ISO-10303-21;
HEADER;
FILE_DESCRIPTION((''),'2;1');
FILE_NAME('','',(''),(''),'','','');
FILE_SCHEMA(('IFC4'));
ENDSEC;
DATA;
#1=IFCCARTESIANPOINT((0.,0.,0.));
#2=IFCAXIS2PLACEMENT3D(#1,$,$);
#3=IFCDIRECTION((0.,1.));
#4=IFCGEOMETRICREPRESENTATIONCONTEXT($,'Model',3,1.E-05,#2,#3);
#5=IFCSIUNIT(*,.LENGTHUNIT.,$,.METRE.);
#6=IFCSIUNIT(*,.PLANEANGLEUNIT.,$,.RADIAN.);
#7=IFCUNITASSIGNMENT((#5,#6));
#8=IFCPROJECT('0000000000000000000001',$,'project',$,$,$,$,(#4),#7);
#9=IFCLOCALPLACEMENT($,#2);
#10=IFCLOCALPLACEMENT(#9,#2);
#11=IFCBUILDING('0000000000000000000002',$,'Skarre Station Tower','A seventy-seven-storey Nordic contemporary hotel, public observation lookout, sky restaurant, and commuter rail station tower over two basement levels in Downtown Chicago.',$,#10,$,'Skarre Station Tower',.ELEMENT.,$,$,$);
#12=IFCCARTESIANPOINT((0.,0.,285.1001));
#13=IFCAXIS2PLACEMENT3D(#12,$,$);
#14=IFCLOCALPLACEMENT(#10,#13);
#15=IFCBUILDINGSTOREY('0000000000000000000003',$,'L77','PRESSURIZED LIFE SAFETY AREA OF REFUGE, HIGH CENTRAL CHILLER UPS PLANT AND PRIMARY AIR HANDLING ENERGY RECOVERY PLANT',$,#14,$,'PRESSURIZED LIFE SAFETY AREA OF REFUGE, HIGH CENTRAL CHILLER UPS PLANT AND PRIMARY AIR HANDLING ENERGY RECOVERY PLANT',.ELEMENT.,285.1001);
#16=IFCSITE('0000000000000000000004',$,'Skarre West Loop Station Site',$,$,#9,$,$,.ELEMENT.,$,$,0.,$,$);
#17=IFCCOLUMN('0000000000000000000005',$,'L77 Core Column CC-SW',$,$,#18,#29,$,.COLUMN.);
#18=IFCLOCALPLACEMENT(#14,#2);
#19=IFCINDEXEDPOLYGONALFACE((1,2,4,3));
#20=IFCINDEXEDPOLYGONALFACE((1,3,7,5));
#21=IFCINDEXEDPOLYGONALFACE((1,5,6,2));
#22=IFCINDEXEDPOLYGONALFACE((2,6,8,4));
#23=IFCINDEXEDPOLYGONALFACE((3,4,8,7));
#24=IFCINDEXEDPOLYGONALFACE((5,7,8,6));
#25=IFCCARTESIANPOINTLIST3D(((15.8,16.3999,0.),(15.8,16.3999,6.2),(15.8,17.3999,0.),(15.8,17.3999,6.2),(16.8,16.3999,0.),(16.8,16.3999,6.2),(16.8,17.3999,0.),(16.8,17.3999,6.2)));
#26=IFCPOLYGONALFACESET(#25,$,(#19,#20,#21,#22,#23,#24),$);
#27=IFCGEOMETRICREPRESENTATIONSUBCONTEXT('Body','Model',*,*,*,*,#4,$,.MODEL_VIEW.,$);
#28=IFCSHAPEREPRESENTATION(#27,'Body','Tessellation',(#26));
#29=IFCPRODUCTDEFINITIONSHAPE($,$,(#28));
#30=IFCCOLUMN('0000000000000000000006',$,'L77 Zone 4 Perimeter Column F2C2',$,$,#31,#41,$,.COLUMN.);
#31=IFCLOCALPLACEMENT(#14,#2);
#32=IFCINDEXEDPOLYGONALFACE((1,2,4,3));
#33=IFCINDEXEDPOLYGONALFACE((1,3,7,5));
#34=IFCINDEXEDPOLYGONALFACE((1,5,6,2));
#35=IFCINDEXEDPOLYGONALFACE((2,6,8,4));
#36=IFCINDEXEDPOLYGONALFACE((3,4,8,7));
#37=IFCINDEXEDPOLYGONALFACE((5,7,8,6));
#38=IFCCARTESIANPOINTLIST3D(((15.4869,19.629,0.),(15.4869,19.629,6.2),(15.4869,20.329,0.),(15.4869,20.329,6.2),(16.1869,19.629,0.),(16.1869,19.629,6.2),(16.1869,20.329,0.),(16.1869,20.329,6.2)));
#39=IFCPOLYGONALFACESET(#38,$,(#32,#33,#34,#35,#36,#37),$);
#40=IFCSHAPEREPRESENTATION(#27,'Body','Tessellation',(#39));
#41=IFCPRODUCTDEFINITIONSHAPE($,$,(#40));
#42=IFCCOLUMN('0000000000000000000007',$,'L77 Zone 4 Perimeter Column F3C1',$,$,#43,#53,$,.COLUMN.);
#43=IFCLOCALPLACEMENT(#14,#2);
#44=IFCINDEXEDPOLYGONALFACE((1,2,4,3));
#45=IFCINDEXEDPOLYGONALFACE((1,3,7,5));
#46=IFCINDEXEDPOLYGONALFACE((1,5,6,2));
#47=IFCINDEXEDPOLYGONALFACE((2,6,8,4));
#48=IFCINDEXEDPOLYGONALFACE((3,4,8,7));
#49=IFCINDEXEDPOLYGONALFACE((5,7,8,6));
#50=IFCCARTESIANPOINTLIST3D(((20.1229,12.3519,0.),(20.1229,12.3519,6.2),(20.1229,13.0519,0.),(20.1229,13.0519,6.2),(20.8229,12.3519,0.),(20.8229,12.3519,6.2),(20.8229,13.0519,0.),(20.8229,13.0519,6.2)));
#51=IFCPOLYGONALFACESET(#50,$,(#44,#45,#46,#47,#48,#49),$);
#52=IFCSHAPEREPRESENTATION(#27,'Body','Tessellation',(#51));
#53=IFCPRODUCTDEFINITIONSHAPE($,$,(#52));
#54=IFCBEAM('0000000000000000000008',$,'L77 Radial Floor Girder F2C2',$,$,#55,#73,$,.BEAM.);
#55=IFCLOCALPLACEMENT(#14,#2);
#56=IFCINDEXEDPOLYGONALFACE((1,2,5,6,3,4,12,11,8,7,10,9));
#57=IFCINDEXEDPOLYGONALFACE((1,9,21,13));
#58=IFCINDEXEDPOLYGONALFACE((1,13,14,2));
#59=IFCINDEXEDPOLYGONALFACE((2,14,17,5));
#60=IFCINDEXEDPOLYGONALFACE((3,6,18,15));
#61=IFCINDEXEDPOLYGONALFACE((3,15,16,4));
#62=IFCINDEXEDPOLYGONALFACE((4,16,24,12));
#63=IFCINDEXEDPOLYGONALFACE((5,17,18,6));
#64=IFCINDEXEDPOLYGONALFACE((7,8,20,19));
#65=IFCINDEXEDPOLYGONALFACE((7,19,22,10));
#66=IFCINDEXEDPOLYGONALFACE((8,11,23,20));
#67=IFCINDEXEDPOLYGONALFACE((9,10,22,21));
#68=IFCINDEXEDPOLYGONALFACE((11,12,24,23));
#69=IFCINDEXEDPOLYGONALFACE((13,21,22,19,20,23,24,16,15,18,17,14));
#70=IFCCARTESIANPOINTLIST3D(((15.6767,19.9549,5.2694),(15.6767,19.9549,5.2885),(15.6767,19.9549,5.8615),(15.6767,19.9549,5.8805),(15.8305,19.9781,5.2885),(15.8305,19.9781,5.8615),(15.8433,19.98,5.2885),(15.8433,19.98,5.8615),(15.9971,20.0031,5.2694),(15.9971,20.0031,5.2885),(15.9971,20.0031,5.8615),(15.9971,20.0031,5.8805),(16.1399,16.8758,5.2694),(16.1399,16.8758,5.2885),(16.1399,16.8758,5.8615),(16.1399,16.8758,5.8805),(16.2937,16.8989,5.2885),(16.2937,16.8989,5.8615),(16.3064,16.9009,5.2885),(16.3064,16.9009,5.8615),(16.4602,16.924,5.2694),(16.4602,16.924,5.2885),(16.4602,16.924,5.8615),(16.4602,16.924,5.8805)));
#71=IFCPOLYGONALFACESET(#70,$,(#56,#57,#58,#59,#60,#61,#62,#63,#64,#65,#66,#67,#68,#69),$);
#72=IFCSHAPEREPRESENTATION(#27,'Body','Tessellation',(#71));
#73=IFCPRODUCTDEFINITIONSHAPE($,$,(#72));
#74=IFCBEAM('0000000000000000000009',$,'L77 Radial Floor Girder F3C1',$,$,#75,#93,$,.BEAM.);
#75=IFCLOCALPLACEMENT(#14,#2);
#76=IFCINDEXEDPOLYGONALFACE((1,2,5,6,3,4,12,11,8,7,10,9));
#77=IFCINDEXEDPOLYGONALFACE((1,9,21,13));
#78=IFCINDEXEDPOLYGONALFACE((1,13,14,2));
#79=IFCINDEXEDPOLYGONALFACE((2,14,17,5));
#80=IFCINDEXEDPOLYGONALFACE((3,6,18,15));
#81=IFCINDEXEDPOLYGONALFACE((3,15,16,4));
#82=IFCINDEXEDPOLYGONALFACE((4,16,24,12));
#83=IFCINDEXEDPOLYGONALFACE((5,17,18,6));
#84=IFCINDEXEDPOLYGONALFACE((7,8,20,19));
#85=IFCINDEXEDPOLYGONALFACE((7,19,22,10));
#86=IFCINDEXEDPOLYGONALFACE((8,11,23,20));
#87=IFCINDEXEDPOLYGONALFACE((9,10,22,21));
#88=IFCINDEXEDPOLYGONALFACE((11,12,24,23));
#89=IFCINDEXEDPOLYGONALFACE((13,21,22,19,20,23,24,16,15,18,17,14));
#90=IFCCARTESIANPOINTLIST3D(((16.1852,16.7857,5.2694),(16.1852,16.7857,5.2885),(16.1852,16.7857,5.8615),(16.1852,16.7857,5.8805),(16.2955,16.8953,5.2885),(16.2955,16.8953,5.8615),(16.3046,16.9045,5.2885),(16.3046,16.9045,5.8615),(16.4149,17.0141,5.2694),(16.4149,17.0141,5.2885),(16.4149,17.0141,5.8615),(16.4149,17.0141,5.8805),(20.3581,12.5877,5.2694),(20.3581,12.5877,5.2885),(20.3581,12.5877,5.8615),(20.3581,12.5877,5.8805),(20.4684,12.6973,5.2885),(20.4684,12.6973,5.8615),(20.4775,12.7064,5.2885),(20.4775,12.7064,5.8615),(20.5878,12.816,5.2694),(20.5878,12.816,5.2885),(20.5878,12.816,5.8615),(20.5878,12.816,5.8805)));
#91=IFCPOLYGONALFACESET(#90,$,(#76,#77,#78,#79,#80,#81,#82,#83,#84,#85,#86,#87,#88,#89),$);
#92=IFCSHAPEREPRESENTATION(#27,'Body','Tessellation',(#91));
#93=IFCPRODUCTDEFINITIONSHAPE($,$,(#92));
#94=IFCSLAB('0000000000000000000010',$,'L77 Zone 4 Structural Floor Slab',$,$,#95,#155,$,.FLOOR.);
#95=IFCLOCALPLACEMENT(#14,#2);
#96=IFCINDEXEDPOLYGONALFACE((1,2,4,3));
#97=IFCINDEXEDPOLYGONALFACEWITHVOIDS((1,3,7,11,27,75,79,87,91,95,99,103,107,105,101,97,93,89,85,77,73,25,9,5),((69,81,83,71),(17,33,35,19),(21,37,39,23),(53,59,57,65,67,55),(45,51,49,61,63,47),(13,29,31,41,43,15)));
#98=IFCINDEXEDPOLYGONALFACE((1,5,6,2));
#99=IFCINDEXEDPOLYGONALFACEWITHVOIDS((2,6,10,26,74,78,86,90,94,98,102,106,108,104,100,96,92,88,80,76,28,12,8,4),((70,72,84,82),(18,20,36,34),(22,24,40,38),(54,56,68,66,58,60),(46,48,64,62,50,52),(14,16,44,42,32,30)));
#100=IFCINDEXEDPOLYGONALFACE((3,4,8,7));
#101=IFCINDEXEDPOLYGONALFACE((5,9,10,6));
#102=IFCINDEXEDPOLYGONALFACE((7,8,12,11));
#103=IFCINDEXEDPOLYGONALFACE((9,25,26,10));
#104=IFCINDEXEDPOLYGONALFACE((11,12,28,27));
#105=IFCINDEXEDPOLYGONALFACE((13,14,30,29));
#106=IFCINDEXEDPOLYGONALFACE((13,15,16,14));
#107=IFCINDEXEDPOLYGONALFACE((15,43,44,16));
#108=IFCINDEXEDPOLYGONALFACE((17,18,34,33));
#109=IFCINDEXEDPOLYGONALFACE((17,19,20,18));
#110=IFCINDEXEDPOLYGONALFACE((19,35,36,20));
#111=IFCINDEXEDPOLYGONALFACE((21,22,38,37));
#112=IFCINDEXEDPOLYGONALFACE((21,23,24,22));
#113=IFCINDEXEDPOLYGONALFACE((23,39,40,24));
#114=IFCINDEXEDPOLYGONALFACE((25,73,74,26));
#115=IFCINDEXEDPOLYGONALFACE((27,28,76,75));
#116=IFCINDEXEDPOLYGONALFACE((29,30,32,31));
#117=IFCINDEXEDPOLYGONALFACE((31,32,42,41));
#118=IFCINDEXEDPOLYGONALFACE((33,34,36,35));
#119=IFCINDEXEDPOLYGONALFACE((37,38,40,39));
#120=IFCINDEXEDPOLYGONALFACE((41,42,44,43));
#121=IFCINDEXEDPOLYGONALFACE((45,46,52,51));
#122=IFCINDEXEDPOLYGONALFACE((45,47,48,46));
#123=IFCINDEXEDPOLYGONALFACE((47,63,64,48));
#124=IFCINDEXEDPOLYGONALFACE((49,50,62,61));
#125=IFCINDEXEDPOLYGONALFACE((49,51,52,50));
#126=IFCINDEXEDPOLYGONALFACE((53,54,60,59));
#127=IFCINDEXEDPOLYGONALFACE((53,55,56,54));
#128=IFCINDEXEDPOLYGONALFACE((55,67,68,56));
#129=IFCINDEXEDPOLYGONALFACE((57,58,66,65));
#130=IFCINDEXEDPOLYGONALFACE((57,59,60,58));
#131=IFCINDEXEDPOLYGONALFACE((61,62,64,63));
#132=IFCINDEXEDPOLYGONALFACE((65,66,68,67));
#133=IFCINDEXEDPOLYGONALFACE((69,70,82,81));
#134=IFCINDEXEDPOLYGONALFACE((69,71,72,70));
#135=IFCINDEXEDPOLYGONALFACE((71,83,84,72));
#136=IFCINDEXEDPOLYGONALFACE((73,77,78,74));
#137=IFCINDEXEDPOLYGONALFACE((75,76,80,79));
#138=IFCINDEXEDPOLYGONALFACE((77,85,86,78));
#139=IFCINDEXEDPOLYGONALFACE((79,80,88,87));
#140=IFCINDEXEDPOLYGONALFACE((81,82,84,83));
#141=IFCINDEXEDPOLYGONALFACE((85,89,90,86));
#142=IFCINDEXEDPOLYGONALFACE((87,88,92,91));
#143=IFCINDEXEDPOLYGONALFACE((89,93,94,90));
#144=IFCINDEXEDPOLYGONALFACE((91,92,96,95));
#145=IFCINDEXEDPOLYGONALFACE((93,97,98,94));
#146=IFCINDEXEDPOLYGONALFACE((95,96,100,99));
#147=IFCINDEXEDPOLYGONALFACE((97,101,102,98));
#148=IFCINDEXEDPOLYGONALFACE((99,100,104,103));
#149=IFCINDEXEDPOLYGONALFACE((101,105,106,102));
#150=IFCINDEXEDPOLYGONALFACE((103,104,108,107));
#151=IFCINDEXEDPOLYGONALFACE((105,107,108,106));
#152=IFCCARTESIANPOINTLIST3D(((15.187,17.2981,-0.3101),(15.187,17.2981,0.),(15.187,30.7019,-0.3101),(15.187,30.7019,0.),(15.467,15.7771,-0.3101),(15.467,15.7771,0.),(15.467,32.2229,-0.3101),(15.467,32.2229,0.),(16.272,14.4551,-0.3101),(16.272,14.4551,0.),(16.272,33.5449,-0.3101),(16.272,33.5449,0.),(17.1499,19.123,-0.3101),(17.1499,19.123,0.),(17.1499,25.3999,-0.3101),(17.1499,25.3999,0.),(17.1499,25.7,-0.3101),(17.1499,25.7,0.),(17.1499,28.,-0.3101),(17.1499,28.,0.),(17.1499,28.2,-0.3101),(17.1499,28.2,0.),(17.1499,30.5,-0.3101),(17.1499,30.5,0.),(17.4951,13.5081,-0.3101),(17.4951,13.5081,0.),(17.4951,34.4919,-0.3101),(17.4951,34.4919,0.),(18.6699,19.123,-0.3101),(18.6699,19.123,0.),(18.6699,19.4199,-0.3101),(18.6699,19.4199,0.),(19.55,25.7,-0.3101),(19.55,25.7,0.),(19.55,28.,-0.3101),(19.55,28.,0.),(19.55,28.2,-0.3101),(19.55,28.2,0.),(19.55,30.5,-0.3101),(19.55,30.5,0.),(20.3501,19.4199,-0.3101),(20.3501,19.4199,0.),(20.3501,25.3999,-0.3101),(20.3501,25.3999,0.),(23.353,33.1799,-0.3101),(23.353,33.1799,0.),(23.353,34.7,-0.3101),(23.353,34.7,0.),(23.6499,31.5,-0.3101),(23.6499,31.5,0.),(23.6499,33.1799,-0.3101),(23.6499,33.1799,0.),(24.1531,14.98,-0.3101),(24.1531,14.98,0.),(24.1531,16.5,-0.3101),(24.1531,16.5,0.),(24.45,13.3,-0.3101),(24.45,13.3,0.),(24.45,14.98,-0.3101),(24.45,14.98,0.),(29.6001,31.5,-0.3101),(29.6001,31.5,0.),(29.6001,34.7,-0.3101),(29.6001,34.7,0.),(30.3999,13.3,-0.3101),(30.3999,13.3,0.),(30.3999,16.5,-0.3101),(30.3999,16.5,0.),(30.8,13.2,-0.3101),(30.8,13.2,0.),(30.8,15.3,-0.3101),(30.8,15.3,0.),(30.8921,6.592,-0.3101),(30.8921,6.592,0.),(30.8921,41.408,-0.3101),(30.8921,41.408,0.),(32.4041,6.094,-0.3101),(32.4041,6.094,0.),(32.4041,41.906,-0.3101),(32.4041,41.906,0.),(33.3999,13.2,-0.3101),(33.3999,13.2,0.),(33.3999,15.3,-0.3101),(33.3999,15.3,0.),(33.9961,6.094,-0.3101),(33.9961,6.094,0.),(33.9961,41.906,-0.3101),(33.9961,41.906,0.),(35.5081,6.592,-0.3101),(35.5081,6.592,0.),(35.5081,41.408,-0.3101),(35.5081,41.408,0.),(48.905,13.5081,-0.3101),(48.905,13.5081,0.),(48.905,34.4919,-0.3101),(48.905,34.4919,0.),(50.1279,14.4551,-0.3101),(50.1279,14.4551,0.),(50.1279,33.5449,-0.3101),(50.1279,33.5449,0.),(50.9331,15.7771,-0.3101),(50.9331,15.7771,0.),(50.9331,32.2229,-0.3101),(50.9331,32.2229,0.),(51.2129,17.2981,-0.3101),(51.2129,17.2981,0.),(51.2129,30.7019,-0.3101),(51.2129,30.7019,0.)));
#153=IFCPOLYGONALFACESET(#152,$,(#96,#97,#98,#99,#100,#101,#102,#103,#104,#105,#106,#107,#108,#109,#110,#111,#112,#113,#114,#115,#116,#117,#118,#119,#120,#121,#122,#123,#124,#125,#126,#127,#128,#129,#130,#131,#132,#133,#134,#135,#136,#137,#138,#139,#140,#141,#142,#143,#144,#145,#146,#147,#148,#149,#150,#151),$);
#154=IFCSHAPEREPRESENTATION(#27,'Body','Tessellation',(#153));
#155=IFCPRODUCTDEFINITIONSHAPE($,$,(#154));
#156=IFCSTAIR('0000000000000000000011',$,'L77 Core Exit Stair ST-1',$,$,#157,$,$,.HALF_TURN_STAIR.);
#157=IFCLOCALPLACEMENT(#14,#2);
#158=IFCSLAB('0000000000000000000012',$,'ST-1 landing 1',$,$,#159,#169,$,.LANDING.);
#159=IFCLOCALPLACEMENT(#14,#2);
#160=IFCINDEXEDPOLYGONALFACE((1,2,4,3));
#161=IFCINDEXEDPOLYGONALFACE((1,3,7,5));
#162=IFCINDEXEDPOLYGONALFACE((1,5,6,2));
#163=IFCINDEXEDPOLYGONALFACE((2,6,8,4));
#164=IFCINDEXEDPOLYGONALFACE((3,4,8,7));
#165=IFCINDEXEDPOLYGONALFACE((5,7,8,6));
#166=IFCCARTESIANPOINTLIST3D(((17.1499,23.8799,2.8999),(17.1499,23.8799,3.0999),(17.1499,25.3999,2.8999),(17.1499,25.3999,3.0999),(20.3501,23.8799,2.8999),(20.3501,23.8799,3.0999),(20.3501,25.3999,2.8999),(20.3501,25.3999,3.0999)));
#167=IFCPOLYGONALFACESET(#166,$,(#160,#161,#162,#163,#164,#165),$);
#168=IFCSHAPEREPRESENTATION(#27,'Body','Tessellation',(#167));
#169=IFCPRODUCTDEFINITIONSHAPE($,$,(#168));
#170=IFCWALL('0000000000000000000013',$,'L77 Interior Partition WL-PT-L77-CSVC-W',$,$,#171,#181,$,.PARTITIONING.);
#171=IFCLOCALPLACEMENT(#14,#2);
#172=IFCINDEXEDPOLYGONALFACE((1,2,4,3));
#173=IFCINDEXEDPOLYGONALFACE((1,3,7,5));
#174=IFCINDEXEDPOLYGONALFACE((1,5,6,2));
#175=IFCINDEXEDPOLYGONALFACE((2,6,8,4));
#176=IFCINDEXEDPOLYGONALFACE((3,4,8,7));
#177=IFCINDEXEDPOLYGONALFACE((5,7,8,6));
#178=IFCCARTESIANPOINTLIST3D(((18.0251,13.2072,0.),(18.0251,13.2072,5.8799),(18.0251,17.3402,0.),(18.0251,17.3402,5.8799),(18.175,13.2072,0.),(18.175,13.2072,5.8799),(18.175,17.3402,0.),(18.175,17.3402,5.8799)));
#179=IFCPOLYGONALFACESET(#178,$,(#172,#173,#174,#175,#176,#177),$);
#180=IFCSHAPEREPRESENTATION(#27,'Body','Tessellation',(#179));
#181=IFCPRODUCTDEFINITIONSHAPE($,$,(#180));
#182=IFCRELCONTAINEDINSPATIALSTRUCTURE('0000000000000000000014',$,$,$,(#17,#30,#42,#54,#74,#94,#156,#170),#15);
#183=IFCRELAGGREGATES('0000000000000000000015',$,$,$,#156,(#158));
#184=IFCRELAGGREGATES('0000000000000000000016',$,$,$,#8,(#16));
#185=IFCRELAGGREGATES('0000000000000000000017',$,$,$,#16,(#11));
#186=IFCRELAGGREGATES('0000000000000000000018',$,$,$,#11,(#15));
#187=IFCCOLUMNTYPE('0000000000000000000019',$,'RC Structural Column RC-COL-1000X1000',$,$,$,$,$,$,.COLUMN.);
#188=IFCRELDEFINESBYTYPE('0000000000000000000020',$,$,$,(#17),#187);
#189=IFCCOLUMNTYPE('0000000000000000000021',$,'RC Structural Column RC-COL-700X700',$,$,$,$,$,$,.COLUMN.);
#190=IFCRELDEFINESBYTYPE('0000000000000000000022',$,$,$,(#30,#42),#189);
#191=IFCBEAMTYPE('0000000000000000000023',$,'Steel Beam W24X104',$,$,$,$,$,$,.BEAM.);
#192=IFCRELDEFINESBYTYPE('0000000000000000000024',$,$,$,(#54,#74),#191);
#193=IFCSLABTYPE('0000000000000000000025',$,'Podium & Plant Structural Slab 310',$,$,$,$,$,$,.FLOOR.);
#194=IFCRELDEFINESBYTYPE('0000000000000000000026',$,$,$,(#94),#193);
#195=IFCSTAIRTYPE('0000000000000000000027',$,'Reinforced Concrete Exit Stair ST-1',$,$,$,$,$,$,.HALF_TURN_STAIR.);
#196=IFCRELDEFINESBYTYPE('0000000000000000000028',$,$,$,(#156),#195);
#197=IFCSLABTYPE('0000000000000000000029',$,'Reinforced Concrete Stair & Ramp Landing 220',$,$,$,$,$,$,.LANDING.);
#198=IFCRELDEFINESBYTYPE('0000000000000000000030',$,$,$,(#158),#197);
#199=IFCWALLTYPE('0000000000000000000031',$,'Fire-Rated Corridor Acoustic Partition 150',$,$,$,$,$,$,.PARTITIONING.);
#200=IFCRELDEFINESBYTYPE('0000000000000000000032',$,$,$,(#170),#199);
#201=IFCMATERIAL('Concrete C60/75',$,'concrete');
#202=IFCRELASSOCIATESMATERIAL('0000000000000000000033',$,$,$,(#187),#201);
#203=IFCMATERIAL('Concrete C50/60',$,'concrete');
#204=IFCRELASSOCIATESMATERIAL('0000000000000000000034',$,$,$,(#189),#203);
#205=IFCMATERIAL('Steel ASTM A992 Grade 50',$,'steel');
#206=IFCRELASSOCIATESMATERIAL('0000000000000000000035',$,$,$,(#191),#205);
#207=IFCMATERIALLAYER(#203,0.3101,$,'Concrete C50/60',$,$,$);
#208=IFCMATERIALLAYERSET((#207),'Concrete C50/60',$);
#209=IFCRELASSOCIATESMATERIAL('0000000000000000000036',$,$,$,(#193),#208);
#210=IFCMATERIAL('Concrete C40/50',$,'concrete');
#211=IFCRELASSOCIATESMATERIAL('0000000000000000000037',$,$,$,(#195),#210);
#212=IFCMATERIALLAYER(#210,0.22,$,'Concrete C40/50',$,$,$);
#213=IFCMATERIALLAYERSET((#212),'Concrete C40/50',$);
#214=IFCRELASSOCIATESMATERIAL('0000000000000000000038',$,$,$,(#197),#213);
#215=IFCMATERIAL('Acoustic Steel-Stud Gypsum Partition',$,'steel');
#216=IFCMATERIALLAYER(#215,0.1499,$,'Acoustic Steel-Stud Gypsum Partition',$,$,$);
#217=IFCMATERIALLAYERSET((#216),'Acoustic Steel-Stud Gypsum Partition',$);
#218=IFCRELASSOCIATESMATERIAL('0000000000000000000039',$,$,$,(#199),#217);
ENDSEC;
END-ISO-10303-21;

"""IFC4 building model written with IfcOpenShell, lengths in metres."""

from ifc_helpers import new_model, si_unit, direction, frame, frame_2d, origin, origin_2d, place, context, subcontext, project, spatial, polyline, rectangle, i_section, outline, extrude, material, layer, layer_set, material_profile, profile_set, type_object, element, aggregate, save


model = new_model("IFC4")

# Units and contexts
model_context = context("Model", 3, precision=1e-05, world=origin(), true_north=direction((0.0, 1.0)))
body_context = subcontext(model_context, "Body", "Model", "MODEL_VIEW")
ifc_project = project(units=[si_unit("LENGTHUNIT", "METRE"), si_unit("PLANEANGLEUNIT", "RADIAN")], contexts=[model_context])

# Site, building, storey
site_placement = place(None, origin())
site = spatial("IfcSite", under=ifc_project, at=site_placement, Name="Skarre West Loop Station Site", CompositionType="ELEMENT", RefElevation=0.0)
building_placement = place(site_placement, origin())
building = spatial("IfcBuilding", under=site, at=building_placement, Name="Skarre Station Tower", Description="A seventy-seven-storey Nordic contemporary hotel, public observation lookout, sky restaurant, and commuter rail station tower over two basement levels in Downtown Chicago.", LongName="Skarre Station Tower", CompositionType="ELEMENT")
storey_placement = place(building_placement, frame((0.0, 0.0, 285.1001)))
storey = spatial("IfcBuildingStorey", under=building, at=storey_placement, Name="L77", Description="PRESSURIZED LIFE SAFETY AREA OF REFUGE, HIGH CENTRAL CHILLER UPS PLANT AND PRIMARY AIR HANDLING ENERGY RECOVERY PLANT", LongName="PRESSURIZED LIFE SAFETY AREA OF REFUGE, HIGH CENTRAL CHILLER UPS PLANT AND PRIMARY AIR HANDLING ENERGY RECOVERY PLANT", CompositionType="ELEMENT", Elevation=285.1001)

# Columns
ifc_material_1 = material(Name="Concrete C60/75", Category="concrete")
ifc_material_profile_1 = material_profile(ifc_material_1, rectangle(XDim=1.0, YDim=1.0, at=origin_2d()), Name="Concrete C60/75")
ifc_profile_set_1 = profile_set([ifc_material_profile_1], Name="Concrete C60/75")
column_type_1 = type_object("IfcColumnType", Name="RC Structural Column RC-COL-1000X1000", PredefinedType="COLUMN", material=ifc_profile_set_1)
column_placement = place(storey_placement, frame((16.3, 16.8999, 0.0), z_axis=(0.0, 0.0, 1.0), x_axis=(1.0, 0.0, 0.0)))
element("IfcColumn", 1, at=column_placement, inside=storey, type_object=column_type_1, Name="L77 Core Column CC-SW", PredefinedType="COLUMN", context=body_context, shape_type="SweptSolid", body=[
    extrude(rectangle(XDim=1.0, YDim=1.0, at=origin_2d()), origin(), (0.0, 0.0, 1.0), 6.2),
])
ifc_material_2 = material(Name="Concrete C50/60", Category="concrete")
ifc_material_profile_2 = material_profile(ifc_material_2, rectangle(XDim=0.7, YDim=0.7, at=origin_2d()), Name="Concrete C50/60")
ifc_profile_set_2 = profile_set([ifc_material_profile_2], Name="Concrete C50/60")
column_type_2 = type_object("IfcColumnType", Name="RC Structural Column RC-COL-700X700", PredefinedType="COLUMN", material=ifc_profile_set_2)
for number, where, z_axis, x_axis, name in (
    (2, (15.8369, 19.979, 0.0), (0.0, 0.0, 1.0), (1.0, 0.0, 0.0), "L77 Zone 4 Perimeter Column F2C2"),
    (3, (20.4729, 12.7019, 0.0), (0.0, 0.0, 1.0), (1.0, 0.0, 0.0), "L77 Zone 4 Perimeter Column F3C1"),
):
    element("IfcColumn", number, at=place(storey_placement, frame(where, z_axis=z_axis, x_axis=x_axis)), inside=storey, type_object=column_type_2, Name=name, PredefinedType="COLUMN", context=body_context, shape_type="SweptSolid", body=[
        extrude(rectangle(XDim=0.7, YDim=0.7, at=origin_2d()), origin(), (0.0, 0.0, 1.0), 6.2),
    ])

# Beams
ifc_material_3 = material(Name="Steel ASTM A992 Grade 50", Category="steel")
ifc_material_profile_3 = material_profile(ifc_material_3, i_section(OverallWidth=0.324, OverallDepth=0.6111, WebThickness=0.0129, FlangeThickness=0.019, at=origin_2d()), Name="Steel ASTM A992 Grade 50")
ifc_profile_set_3 = profile_set([ifc_material_profile_3], Name="Steel ASTM A992 Grade 50")
beam_type = type_object("IfcBeamType", Name="Steel Beam W24X104", PredefinedType="BEAM", material=ifc_profile_set_3)
beam_1_placement = place(storey_placement, frame((16.3, 16.8999, 5.575), z_axis=(-0.148739, 0.988876, 0.0), x_axis=(-0.988876, -0.148739, 0.0)))
element("IfcBeam", 4, at=beam_1_placement, inside=storey, type_object=beam_type, Name="L77 Radial Floor Girder F2C2", PredefinedType="BEAM", context=body_context, shape_type="SweptSolid", body=[
    extrude(i_section(OverallWidth=0.324, OverallDepth=0.6111, WebThickness=0.0129, FlangeThickness=0.019, at=origin_2d()), origin(), (0.0, 0.0, 1.0), 3.1138),
])
beam_2_placement = place(storey_placement, frame((16.3, 16.8999, 5.575), z_axis=(0.704979, -0.709228, 0.0), x_axis=(0.709228, 0.704979, 0.0)))
element("IfcBeam", 5, at=beam_2_placement, inside=storey, type_object=beam_type, Name="L77 Radial Floor Girder F3C1", PredefinedType="BEAM", context=body_context, shape_type="SweptSolid", body=[
    extrude(i_section(OverallWidth=0.324, OverallDepth=0.6111, WebThickness=0.0129, FlangeThickness=0.019, at=origin_2d()), origin(), (0.0, 0.0, 1.0), 5.9192),
])

# Slab
ifc_layer_1 = layer(ifc_material_2, 0.3101, Name="Concrete C50/60")
ifc_layer_set_1 = layer_set([ifc_layer_1], Name="Concrete C50/60")
slab_type_1 = type_object("IfcSlabType", Name="Podium & Plant Structural Slab 310", PredefinedType="FLOOR", material=ifc_layer_set_1)
slab_1_placement = place(storey_placement, frame((0.0, 0.0, -0.3101)))
element("IfcSlab", 6, at=slab_1_placement, inside=storey, type_object=slab_type_1, Name="L77 Zone 4 Structural Floor Slab", PredefinedType="FLOOR", context=body_context, shape_type="SweptSolid", body=[
    extrude(outline(polyline([(51.2129, 30.7019), (50.9331, 32.2229), (50.1279, 33.5449), (48.905, 34.4919), (35.5081, 41.408), (33.9961, 41.906), (32.4041, 41.906), (30.8921, 41.408), (17.4951, 34.4919), (16.272, 33.5449), (15.467, 32.2229), (15.187, 30.7019), (15.187, 17.2981), (15.467, 15.7771), (16.272, 14.4551), (17.4951, 13.5081), (30.8921, 6.592), (32.4041, 6.094), (33.9961, 6.094), (35.5081, 6.592), (48.905, 13.5081), (50.1279, 14.4551), (50.9331, 15.7771), (51.2129, 17.2981), (51.2129, 30.7019)]), holes=[polyline([(18.6699, 19.4199), (18.6699, 19.123), (17.1499, 19.123), (17.1499, 25.3999), (20.3501, 25.3999), (20.3501, 19.4199), (18.6699, 19.4199)]), polyline([(24.45, 14.98), (24.1531, 14.98), (24.1531, 16.5), (30.3999, 16.5), (30.3999, 13.3), (24.45, 13.3), (24.45, 14.98)]), polyline([(23.6499, 33.1799), (23.353, 33.1799), (23.353, 34.7), (29.6001, 34.7), (29.6001, 31.5), (23.6499, 31.5), (23.6499, 33.1799)]), polyline([(17.1499, 28.0), (19.55, 28.0), (19.55, 25.7), (17.1499, 25.7), (17.1499, 28.0)]), polyline([(17.1499, 30.5), (19.55, 30.5), (19.55, 28.2), (17.1499, 28.2), (17.1499, 30.5)]), polyline([(30.8, 15.3), (33.3999, 15.3), (33.3999, 13.2), (30.8, 13.2), (30.8, 15.3)])]), origin(), (0.0, 0.0, 1.0), 0.3101),
])

# Stair, slab
ifc_material_4 = material(Name="Concrete C40/50", Category="concrete")
stair_type = type_object("IfcStairType", Name="Reinforced Concrete Exit Stair ST-1", PredefinedType="HALF_TURN_STAIR", material=ifc_material_4)
stair_placement = place(storey_placement, origin())
stair = element("IfcStair", 7, at=stair_placement, inside=storey, type_object=stair_type, Name="L77 Core Exit Stair ST-1", PredefinedType="HALF_TURN_STAIR")
ifc_layer_2 = layer(ifc_material_4, 0.22, Name="Concrete C40/50")
ifc_layer_set_2 = layer_set([ifc_layer_2], Name="Concrete C40/50")
slab_type_2 = type_object("IfcSlabType", Name="Reinforced Concrete Stair & Ramp Landing 220", PredefinedType="LANDING", material=ifc_layer_set_2)
slab_2_placement = place(storey_placement, frame((0.0, 0.0, 2.8999)))
slab_2 = element("IfcSlab", 8, at=slab_2_placement, type_object=slab_type_2, Name="ST-1 landing 1", PredefinedType="LANDING", context=body_context, shape_type="SweptSolid", body=[
    extrude(outline(polyline([(20.3501, 23.8799), (20.3501, 25.3999), (17.1499, 25.3999), (17.1499, 23.8799), (20.3501, 23.8799)])), origin(), (0.0, 0.0, 1.0), 0.2),
])

# Wall
ifc_material_5 = material(Name="Acoustic Steel-Stud Gypsum Partition", Category="steel")
ifc_layer_3 = layer(ifc_material_5, 0.1499, Name="Acoustic Steel-Stud Gypsum Partition")
ifc_layer_set_3 = layer_set([ifc_layer_3], Name="Acoustic Steel-Stud Gypsum Partition")
wall_type_1 = type_object("IfcWallType", Name="Fire-Rated Corridor Acoustic Partition 150", PredefinedType="PARTITIONING", material=ifc_layer_set_3)
wall_1_placement = place(storey_placement, frame((18.1001, 17.3401, 0.0), z_axis=(0.0, 0.0, 1.0), x_axis=(0.0, -1.0, 0.0)))
element("IfcWall", 9, at=wall_1_placement, inside=storey, type_object=wall_type_1, Name="L77 Interior Partition WL-PT-L77-CSVC-W", PredefinedType="PARTITIONING", context=body_context, shape_type="SweptSolid", body=[
    extrude(rectangle(XDim=4.1331, YDim=0.1499, at=frame_2d((2.0664, 0.0))), origin(), (0.0, 0.0, 1.0), 5.8799),
])

aggregate(stair, [slab_2])

save(model, "model.ifc")
